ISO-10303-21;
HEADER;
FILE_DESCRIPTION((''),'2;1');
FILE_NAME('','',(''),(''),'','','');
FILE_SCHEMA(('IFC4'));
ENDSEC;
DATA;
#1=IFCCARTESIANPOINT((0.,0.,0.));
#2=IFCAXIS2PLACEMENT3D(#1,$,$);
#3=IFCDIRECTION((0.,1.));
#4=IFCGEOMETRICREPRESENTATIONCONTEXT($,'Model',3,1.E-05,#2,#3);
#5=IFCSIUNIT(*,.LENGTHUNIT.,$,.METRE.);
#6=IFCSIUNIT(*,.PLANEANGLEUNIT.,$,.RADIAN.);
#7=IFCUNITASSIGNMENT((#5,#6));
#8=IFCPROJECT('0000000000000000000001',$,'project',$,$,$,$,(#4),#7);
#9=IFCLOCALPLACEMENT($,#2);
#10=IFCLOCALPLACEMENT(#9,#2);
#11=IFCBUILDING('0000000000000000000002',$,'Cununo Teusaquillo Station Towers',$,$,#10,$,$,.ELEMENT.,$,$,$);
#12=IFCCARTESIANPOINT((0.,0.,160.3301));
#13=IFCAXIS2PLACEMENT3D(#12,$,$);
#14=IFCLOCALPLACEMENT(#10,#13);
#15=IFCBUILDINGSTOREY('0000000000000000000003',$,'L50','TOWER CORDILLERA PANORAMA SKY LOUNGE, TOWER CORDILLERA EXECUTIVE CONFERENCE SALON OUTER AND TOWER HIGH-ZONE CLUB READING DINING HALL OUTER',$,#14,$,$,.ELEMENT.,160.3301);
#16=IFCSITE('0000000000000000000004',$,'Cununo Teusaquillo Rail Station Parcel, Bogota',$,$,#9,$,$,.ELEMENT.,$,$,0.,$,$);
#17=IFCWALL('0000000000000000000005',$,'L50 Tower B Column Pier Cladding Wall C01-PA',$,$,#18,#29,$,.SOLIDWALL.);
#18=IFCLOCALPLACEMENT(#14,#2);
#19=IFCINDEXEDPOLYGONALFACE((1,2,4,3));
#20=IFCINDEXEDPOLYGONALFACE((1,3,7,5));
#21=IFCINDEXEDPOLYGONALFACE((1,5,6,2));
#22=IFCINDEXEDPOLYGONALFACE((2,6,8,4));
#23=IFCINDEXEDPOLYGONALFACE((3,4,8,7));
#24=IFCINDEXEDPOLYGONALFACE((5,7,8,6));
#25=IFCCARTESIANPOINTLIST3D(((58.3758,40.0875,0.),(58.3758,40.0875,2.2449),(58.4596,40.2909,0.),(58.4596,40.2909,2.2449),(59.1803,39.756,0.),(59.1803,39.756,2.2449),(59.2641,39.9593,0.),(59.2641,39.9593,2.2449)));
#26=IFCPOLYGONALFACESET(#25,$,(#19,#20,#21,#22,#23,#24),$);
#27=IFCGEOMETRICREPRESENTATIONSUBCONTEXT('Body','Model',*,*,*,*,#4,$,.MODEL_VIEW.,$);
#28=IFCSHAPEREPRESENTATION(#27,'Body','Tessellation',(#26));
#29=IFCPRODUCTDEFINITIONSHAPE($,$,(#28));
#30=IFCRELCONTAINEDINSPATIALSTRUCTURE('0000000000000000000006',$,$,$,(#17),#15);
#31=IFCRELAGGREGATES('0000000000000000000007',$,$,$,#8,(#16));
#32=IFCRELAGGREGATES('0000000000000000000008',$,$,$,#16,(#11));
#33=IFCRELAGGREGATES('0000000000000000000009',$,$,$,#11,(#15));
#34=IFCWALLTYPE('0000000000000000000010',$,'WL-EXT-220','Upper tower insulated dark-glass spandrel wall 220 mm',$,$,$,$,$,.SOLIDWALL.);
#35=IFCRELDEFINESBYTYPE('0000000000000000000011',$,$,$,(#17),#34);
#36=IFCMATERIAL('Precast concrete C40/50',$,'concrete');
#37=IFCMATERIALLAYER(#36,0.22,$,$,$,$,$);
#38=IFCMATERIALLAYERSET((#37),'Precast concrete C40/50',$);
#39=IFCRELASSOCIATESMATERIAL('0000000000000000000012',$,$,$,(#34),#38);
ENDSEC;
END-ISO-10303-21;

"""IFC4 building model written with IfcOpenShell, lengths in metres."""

from ifc_helpers import new_model, si_unit, direction, frame, frame_2d, origin, place, context, subcontext, project, spatial, rectangle, extrude, material, layer, layer_set, type_object, element, save


model = new_model("IFC4")

# Units and contexts
model_context = context("Model", 3, precision=1e-05, world=origin(), true_north=direction((0.0, 1.0)))
body_context = subcontext(model_context, "Body", "Model", "MODEL_VIEW")
ifc_project = project(units=[si_unit("LENGTHUNIT", "METRE"), si_unit("PLANEANGLEUNIT", "RADIAN")], contexts=[model_context])

# Site, building, storey
site_placement = place(None, origin())
site = spatial("IfcSite", under=ifc_project, at=site_placement, Name="Cununo Teusaquillo Rail Station Parcel, Bogota", CompositionType="ELEMENT", RefElevation=0.0)
building_placement = place(site_placement, origin())
building = spatial("IfcBuilding", under=site, at=building_placement, Name="Cununo Teusaquillo Station Towers", CompositionType="ELEMENT")
storey_placement = place(building_placement, frame((0.0, 0.0, 160.3301)))
storey = spatial("IfcBuildingStorey", under=building, at=storey_placement, Name="L50", Description="TOWER CORDILLERA PANORAMA SKY LOUNGE, TOWER CORDILLERA EXECUTIVE CONFERENCE SALON OUTER AND TOWER HIGH-ZONE CLUB READING DINING HALL OUTER", CompositionType="ELEMENT", Elevation=160.3301)

# Wall
ifc_material_1 = material(Name="Precast concrete C40/50", Category="concrete")
ifc_layer_1 = layer(ifc_material_1, 0.22)
ifc_layer_set_1 = layer_set([ifc_layer_1], Name="Precast concrete C40/50")
wall_type = type_object("IfcWallType", Name="WL-EXT-220", Description="Upper tower insulated dark-glass spandrel wall 220 mm", PredefinedType="SOLIDWALL", material=ifc_layer_set_1)
wall_1_placement = place(storey_placement, frame((58.4177, 40.1892, 0.0), z_axis=(0.0, 0.0, 1.0), x_axis=(0.924556, -0.381046, 0.0)))
element("IfcWall", 1, at=wall_1_placement, inside=storey, type_object=wall_type, Name="L50 Tower B Column Pier Cladding Wall C01-PA", PredefinedType="SOLIDWALL", context=body_context, shape_type="SweptSolid", body=[
    extrude(rectangle(XDim=0.8701, YDim=0.22, at=frame_2d((0.4351, 0.0))), origin(), (0.0, 0.0, 1.0), 2.2449),
])

save(model, "model.ifc")
